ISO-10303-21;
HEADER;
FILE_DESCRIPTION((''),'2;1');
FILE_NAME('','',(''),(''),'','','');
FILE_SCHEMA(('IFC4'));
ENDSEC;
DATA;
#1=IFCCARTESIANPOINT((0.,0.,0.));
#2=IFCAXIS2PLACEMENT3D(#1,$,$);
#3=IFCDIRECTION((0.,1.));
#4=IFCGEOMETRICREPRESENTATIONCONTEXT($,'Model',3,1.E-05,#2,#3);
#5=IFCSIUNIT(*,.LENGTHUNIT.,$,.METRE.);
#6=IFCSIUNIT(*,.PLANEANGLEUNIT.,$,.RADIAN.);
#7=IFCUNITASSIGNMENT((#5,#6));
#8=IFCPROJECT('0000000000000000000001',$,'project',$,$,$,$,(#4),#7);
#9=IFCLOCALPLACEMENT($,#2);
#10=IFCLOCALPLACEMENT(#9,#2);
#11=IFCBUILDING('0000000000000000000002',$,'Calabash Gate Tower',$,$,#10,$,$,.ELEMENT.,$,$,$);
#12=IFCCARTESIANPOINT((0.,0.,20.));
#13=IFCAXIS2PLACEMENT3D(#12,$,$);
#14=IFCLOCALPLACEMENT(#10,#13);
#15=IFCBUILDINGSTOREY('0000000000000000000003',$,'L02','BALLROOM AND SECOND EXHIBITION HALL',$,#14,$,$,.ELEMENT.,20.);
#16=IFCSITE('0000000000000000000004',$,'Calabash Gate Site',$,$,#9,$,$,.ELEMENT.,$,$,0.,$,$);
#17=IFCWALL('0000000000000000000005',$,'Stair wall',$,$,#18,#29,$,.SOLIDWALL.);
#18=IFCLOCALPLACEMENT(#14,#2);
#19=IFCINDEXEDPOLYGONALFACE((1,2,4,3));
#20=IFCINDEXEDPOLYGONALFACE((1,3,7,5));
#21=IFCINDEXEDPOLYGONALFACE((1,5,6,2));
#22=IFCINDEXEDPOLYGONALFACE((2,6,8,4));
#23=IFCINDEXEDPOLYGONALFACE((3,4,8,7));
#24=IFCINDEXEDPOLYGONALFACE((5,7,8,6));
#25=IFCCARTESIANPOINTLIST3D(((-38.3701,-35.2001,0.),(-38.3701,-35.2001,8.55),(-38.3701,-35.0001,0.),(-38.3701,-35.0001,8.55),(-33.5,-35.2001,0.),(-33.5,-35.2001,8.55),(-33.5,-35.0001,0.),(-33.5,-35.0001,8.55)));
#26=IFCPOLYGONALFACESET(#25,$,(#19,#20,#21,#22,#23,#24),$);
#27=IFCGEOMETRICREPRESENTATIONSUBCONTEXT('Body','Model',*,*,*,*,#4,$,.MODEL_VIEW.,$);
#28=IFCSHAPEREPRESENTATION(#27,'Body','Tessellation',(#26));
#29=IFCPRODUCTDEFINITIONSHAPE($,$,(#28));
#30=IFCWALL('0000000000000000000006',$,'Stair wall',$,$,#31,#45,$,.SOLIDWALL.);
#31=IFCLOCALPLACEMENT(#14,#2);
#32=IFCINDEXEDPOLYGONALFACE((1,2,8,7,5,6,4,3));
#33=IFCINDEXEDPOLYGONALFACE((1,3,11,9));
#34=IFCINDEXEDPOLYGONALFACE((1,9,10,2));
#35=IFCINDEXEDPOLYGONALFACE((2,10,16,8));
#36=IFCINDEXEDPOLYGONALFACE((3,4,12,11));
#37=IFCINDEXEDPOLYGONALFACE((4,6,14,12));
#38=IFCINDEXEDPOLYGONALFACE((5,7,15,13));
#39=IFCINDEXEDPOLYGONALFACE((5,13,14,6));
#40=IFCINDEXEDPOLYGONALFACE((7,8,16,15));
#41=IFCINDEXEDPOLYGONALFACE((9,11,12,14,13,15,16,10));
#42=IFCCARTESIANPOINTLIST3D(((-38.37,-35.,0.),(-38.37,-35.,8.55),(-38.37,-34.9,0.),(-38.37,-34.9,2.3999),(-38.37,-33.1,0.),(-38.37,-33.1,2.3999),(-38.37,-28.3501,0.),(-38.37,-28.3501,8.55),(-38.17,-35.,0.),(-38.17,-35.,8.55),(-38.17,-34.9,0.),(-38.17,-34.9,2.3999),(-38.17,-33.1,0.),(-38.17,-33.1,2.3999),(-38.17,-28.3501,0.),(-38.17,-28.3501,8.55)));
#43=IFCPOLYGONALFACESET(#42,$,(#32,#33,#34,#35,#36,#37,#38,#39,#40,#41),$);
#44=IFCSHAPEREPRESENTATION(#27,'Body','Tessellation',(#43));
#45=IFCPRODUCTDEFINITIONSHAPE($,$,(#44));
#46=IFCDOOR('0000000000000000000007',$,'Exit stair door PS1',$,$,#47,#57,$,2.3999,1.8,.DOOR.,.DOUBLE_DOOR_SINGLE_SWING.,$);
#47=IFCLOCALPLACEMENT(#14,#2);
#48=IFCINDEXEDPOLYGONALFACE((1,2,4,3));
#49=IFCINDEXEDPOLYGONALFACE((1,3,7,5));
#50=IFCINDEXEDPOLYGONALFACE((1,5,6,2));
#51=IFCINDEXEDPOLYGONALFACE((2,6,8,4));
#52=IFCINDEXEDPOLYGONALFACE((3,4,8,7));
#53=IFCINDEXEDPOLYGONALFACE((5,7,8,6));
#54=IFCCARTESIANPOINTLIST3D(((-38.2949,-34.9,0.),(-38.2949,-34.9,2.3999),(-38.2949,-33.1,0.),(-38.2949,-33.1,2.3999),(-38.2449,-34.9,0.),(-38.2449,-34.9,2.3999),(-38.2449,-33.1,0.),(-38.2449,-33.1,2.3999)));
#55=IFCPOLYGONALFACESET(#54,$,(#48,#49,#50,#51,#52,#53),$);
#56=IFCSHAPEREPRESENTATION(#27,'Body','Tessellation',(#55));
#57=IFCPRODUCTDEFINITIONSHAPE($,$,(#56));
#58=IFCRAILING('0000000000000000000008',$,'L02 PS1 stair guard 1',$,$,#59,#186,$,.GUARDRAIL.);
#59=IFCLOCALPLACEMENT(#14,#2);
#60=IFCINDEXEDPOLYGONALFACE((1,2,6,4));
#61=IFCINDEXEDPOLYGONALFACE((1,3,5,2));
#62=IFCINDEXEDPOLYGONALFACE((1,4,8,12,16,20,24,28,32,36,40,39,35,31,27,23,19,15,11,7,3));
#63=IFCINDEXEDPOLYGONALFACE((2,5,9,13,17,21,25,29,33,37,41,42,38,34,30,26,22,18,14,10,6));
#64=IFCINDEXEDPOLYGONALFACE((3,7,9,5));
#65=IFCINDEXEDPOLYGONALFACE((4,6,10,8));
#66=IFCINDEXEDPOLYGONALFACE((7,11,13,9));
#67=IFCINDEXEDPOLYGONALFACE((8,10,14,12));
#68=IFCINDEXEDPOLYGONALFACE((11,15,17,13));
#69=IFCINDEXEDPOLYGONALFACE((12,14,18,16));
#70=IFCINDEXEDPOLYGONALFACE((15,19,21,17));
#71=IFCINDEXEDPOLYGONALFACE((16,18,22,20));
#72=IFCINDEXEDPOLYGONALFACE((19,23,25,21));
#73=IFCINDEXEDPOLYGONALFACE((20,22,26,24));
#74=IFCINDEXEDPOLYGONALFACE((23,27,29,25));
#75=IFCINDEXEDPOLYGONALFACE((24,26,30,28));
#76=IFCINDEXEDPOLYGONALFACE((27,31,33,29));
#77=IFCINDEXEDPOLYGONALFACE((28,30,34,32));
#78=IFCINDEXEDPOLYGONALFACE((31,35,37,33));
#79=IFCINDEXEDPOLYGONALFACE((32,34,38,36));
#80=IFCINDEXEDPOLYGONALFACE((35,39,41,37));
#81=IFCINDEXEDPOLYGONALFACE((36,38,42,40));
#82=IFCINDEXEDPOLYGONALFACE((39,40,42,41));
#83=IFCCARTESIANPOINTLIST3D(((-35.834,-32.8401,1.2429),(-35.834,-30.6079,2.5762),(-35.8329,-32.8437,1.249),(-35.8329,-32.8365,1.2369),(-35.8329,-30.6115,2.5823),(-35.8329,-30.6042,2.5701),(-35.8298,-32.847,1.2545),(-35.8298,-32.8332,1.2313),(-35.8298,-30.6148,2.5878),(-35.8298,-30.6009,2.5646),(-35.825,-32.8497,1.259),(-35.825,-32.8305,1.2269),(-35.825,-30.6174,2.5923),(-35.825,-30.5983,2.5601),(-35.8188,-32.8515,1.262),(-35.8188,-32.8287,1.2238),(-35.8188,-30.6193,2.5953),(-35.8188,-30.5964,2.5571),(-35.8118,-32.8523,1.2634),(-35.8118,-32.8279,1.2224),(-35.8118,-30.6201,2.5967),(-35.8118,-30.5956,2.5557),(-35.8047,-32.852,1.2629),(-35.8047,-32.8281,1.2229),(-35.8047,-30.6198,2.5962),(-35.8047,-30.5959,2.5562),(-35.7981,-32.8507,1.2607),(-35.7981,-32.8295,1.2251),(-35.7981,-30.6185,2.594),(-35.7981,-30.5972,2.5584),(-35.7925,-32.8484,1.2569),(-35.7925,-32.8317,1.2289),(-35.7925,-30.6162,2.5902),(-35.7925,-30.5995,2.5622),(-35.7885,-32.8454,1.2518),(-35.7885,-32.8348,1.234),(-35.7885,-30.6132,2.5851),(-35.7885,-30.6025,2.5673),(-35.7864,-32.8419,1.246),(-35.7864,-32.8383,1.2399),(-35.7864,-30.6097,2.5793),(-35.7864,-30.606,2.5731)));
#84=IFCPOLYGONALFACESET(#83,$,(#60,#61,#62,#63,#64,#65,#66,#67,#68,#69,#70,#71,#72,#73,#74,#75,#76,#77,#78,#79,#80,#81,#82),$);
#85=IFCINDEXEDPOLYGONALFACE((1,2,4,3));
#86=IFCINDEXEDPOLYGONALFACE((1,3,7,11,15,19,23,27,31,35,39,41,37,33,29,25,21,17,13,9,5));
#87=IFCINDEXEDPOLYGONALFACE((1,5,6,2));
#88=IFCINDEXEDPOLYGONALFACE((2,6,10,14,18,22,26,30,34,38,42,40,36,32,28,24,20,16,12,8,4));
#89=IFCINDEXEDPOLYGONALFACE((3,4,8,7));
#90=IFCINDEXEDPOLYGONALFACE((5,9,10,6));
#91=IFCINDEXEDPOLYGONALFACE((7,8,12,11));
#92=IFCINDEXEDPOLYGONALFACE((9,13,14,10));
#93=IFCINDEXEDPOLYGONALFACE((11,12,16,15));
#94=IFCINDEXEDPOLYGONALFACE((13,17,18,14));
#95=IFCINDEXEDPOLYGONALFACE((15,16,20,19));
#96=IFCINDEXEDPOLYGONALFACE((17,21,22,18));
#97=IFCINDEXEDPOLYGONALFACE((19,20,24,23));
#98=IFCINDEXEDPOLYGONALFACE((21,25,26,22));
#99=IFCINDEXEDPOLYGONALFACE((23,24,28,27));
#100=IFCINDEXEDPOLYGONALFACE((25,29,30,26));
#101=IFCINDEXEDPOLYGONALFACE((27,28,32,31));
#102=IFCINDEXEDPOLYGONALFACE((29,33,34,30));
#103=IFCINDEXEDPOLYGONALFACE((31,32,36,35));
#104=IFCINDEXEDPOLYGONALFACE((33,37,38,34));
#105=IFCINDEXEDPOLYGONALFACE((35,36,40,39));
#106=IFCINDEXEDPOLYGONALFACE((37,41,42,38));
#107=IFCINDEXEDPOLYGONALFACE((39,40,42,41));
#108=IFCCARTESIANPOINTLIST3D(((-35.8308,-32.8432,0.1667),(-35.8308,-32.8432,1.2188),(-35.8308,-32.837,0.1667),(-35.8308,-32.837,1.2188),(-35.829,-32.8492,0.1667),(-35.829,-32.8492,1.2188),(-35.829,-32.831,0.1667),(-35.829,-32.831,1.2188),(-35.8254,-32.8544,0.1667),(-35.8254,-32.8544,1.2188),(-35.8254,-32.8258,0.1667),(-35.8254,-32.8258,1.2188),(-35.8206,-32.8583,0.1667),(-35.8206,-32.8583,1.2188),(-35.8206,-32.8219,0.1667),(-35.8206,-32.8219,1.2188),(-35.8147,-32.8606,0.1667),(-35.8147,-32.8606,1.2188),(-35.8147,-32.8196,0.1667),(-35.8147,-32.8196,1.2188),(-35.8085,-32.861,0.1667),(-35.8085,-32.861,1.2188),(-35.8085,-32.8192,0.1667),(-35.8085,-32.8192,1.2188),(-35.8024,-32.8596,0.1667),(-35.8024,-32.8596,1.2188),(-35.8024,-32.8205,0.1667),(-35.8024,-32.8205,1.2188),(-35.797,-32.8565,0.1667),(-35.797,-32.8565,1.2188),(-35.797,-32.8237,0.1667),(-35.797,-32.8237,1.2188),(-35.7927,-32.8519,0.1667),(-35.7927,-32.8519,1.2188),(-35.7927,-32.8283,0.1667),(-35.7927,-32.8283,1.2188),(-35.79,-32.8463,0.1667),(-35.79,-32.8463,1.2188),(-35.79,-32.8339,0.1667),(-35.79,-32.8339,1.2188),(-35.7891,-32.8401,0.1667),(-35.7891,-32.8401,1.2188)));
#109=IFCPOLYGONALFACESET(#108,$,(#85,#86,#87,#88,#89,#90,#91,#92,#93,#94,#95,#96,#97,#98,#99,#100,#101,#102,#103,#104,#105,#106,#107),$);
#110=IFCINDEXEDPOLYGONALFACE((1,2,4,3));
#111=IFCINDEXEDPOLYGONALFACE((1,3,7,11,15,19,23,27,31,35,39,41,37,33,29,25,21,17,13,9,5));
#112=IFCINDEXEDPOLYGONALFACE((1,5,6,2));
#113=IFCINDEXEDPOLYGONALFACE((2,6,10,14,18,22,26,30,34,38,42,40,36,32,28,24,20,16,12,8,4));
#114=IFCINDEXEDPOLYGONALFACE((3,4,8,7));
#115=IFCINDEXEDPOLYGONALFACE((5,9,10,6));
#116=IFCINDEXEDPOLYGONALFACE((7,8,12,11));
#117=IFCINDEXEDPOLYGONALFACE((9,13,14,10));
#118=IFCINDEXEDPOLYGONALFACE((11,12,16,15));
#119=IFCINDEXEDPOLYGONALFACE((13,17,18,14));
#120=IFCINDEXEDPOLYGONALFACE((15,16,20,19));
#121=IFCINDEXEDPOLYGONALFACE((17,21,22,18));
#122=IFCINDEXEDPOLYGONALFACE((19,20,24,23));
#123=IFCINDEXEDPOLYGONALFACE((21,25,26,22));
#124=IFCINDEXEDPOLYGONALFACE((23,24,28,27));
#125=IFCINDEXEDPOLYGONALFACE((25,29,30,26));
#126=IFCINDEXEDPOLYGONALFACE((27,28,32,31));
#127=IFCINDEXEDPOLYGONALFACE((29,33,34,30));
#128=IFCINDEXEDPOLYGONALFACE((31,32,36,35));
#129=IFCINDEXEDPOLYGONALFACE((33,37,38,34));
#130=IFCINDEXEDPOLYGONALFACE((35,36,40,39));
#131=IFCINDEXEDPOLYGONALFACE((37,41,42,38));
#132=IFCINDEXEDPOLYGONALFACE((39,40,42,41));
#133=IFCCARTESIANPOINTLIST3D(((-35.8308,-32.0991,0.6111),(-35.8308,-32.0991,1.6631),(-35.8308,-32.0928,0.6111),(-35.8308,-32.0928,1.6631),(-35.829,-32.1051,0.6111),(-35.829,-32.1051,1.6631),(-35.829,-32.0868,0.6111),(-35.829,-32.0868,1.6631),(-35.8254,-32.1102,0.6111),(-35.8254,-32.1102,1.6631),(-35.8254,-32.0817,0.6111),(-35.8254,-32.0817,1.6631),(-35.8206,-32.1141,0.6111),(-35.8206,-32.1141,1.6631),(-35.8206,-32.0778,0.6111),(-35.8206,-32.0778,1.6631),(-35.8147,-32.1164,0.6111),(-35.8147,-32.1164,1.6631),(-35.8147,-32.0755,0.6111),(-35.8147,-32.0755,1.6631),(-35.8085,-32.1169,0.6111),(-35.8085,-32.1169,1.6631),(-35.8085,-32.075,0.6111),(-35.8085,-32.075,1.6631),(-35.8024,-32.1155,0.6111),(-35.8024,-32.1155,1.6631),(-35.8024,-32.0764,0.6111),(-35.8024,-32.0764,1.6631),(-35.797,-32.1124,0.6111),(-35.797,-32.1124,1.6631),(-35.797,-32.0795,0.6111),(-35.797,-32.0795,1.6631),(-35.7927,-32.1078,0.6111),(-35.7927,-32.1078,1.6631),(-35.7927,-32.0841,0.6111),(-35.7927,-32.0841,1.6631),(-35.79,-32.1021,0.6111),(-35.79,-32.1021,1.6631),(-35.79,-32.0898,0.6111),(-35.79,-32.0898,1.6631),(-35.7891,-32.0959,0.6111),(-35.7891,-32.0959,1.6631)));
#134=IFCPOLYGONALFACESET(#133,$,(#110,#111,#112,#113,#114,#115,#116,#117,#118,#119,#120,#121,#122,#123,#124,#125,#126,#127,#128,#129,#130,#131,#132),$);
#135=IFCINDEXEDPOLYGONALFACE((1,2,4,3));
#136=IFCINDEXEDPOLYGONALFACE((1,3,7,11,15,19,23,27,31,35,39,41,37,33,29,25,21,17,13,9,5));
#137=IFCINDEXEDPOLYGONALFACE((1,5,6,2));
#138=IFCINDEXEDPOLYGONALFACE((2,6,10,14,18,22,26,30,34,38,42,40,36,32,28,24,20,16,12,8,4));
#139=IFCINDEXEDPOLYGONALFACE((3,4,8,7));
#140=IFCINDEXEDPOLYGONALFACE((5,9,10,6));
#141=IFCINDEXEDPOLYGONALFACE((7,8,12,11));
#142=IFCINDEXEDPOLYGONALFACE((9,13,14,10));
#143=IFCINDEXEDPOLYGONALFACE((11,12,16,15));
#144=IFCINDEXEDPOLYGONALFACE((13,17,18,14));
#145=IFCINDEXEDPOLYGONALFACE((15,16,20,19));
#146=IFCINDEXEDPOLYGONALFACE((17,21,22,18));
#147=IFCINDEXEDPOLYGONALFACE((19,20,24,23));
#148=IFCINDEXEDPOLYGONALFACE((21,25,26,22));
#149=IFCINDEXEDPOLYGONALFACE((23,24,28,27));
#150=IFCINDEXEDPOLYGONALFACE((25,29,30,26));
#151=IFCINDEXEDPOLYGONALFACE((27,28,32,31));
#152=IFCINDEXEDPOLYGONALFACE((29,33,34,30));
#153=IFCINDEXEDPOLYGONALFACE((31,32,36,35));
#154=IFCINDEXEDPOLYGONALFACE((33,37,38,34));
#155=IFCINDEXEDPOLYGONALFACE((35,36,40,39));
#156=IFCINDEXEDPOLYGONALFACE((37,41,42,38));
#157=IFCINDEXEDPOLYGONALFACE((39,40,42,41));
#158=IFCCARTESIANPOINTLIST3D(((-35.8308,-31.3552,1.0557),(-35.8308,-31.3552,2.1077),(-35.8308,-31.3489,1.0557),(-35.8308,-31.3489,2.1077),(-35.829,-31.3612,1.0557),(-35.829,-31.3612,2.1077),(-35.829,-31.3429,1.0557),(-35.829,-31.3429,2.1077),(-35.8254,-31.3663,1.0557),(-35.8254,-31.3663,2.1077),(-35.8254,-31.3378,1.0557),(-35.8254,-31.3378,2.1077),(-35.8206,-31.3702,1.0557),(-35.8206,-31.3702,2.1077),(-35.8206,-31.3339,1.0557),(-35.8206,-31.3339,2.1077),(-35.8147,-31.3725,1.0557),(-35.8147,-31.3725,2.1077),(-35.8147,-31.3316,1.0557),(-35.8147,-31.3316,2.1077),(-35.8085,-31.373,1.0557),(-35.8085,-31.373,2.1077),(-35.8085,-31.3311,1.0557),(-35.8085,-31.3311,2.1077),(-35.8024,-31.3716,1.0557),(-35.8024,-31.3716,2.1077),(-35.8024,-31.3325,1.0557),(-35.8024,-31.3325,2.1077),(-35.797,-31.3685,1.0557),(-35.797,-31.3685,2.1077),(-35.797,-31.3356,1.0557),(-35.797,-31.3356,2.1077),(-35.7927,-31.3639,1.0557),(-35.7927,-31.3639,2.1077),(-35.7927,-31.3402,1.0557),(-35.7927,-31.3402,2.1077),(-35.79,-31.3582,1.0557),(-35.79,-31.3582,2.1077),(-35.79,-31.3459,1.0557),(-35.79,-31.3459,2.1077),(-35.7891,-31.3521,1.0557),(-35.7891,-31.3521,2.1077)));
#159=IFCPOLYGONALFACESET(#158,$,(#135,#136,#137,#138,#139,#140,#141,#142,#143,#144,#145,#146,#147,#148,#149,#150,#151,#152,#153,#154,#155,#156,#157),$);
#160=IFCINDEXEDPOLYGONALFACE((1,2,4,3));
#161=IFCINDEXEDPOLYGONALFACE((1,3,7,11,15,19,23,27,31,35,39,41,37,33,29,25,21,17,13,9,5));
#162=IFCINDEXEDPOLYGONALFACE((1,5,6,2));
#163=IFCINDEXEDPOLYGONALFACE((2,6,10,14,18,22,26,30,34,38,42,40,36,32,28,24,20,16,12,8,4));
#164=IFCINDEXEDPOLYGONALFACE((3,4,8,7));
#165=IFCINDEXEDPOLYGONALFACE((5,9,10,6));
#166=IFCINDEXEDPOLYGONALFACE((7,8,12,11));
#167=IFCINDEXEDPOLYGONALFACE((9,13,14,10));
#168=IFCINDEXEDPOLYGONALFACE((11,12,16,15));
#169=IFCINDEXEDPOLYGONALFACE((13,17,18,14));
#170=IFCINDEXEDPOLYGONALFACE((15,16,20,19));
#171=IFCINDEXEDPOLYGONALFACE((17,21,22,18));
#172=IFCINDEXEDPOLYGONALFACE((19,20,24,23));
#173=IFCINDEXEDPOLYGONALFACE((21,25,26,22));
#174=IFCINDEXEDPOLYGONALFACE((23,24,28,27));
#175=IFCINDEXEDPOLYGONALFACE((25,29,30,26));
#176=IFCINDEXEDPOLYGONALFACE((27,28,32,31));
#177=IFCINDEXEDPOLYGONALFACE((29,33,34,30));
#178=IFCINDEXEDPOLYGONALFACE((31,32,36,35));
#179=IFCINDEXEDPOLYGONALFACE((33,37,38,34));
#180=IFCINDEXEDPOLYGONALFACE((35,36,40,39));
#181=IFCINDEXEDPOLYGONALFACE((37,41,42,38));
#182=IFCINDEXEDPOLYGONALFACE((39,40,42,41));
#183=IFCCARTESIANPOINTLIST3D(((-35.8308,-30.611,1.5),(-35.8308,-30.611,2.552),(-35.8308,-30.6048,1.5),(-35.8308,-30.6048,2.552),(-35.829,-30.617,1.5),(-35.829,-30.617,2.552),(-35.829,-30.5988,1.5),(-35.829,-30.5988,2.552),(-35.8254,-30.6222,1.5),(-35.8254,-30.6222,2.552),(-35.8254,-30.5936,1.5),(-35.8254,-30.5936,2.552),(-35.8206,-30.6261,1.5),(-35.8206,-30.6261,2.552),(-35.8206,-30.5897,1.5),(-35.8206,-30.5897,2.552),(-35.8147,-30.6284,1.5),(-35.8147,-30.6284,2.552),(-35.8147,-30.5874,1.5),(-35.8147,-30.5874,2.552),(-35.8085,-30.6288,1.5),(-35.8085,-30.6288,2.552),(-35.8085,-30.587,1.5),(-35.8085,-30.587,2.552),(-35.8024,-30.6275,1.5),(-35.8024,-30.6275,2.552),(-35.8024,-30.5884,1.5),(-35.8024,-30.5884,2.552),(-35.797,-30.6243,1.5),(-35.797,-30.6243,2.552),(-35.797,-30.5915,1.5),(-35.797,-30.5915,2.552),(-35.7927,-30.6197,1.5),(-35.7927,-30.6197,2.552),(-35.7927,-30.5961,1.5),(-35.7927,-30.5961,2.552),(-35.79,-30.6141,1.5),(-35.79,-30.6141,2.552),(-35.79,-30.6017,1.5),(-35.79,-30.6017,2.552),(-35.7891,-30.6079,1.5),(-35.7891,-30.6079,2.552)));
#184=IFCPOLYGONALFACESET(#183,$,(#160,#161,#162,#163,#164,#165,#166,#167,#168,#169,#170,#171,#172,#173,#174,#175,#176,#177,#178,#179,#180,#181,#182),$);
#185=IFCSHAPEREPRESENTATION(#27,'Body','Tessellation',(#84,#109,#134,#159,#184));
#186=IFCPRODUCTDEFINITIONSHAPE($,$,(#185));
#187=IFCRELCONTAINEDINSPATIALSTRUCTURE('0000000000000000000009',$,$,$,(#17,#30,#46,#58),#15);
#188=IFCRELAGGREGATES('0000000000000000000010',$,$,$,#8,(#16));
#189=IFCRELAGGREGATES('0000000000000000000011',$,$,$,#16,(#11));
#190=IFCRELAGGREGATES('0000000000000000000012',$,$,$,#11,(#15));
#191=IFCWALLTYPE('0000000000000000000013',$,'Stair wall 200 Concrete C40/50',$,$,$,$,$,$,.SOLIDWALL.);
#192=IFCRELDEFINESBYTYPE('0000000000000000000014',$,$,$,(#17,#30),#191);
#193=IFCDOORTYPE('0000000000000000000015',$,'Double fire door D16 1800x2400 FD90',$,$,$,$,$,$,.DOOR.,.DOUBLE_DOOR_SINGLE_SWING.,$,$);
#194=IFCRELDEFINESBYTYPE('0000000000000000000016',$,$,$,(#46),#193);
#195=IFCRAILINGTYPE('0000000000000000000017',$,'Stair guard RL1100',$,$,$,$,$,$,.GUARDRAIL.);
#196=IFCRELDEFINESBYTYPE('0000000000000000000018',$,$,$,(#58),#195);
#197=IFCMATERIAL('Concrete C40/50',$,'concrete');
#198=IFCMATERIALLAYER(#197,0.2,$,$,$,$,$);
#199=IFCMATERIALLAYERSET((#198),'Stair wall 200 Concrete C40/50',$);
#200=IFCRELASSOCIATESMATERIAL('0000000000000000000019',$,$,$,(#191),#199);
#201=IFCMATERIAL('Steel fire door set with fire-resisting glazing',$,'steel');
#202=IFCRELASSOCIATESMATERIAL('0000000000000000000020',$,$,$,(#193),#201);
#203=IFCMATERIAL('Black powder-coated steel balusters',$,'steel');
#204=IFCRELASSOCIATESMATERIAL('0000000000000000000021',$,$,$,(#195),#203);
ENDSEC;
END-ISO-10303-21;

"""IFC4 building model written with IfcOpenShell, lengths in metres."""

from ifc_helpers import new_model, si_unit, direction, frame, frame_2d, origin, origin_2d, place, context, subcontext, project, spatial, rectangle, circle, extrude, material, layer, layer_set, type_object, element, fill, save


model = new_model("IFC4")

# Units and contexts
model_context = context("Model", 3, precision=1e-05, world=origin(), true_north=direction((0.0, 1.0)))
body_context = subcontext(model_context, "Body", "Model", "MODEL_VIEW")
ifc_project = project(units=[si_unit("LENGTHUNIT", "METRE"), si_unit("PLANEANGLEUNIT", "RADIAN")], contexts=[model_context])

# Site, building, storey
site_placement = place(None, origin())
site = spatial("IfcSite", under=ifc_project, at=site_placement, Name="Calabash Gate Site", CompositionType="ELEMENT", RefElevation=0.0)
building_placement = place(site_placement, origin())
building = spatial("IfcBuilding", under=site, at=building_placement, Name="Calabash Gate Tower", CompositionType="ELEMENT")
storey_placement = place(building_placement, frame((0.0, 0.0, 20.0)))
storey = spatial("IfcBuildingStorey", under=building, at=storey_placement, Name="L02", Description="BALLROOM AND SECOND EXHIBITION HALL", CompositionType="ELEMENT", Elevation=20.0)

# Wall
ifc_material_1 = material(Name="Concrete C40/50", Category="concrete")
ifc_layer_1 = layer(ifc_material_1, 0.2)
ifc_layer_set_1 = layer_set([ifc_layer_1], Name="Stair wall 200 Concrete C40/50")
wall_type_1 = type_object("IfcWallType", Name="Stair wall 200 Concrete C40/50", PredefinedType="SOLIDWALL", material=ifc_layer_set_1)
wall_1_placement = place(storey_placement, frame((-38.3701, -35.1001, 0.0), z_axis=(0.0, 0.0, 1.0), x_axis=(1.0, 0.0, 0.0)))
element("IfcWall", 1, at=wall_1_placement, inside=storey, type_object=wall_type_1, Name="Stair wall", PredefinedType="SOLIDWALL", context=body_context, shape_type="SweptSolid", body=[
    extrude(rectangle(XDim=4.8701, YDim=0.2, at=frame_2d((2.4351, 0.0))), origin(), (0.0, 0.0, 1.0), 8.55),
])

# Wall, opening, door
wall_2_placement = place(storey_placement, frame((-38.27, -35.0, 0.0), z_axis=(0.0, 0.0, 1.0), x_axis=(0.0, 1.0, 0.0)))
wall_2 = element("IfcWall", 2, at=wall_2_placement, inside=storey, type_object=wall_type_1, Name="Stair wall", PredefinedType="SOLIDWALL", context=body_context, shape_type="SweptSolid", body=[
    extrude(rectangle(XDim=6.6499, YDim=0.2, at=frame_2d((3.325, 0.0))), origin(), (0.0, 0.0, 1.0), 8.55),
])
opening_placement = place(wall_2_placement, frame((0.1001, 0.0, 0.0)))
opening = element("IfcOpeningElement", 3, at=opening_placement, cuts=wall_2, PredefinedType="OPENING", context=body_context, shape_type="SweptSolid", body=[
    extrude(rectangle(XDim=1.8, YDim=2.3999, at=frame_2d((0.8999, 1.2))), frame((0.0, 0.1099, 0.0), z_axis=(0.0, -1.0, 0.0), x_axis=(1.0, 0.0, 0.0)), (0.0, 0.0, 1.0), 0.22),
])
ifc_material_2 = material(Name="Steel fire door set with fire-resisting glazing", Category="steel")
door_type = type_object("IfcDoorType", Name="Double fire door D16 1800x2400 FD90", OperationType="DOUBLE_DOOR_SINGLE_SWING", PredefinedType="DOOR", material=ifc_material_2)
door_placement = place(opening_placement, origin())
door = element("IfcDoor", 4, at=door_placement, inside=storey, type_object=door_type, Name="Exit stair door PS1", OperationType="DOUBLE_DOOR_SINGLE_SWING", OverallHeight=2.3999, OverallWidth=1.8, PredefinedType="DOOR", context=body_context, shape_type="SweptSolid", body=[
    extrude(rectangle(XDim=1.8, YDim=2.3999, at=frame_2d((0.8999, 1.2))), frame((0.0, 0.0249, 0.0), z_axis=(0.0, -1.0, 0.0), x_axis=(1.0, 0.0, 0.0)), (0.0, 0.0, 1.0), 0.05),
])
fill(opening, door)

# Railing
ifc_material_3 = material(Name="Black powder-coated steel balusters", Category="steel")
railing_type = type_object("IfcRailingType", Name="Stair guard RL1100", PredefinedType="GUARDRAIL", material=ifc_material_3)
railing_1_placement = place(storey_placement, frame((-35.8101, -32.8401, 0.1667)))
element("IfcRailing", 5, at=railing_1_placement, inside=storey, type_object=railing_type, Name="L02 PS1 stair guard 1", PredefinedType="GUARDRAIL", context=body_context, shape_type="SweptSolid", body=[
    extrude(circle(Radius=0.0239, at=origin_2d()), frame((0.0, 0.0, 1.0762), z_axis=(0.0, 0.858519, 0.512782), x_axis=(-1.0, 0.0, 0.0)), (0.0, 0.0, 1.0), 2.6001),
    extrude(circle(Radius=0.021, at=origin_2d()), origin(), (0.0, 0.0, 1.0), 1.052),
    extrude(circle(Radius=0.021, at=origin_2d()), frame((0.0, 0.7441, 0.4443)), (0.0, 0.0, 1.0), 1.052),
    extrude(circle(Radius=0.021, at=origin_2d()), frame((0.0, 1.488, 0.8889)), (0.0, 0.0, 1.0), 1.052),
    extrude(circle(Radius=0.021, at=origin_2d()), frame((0.0, 2.2322, 1.3333)), (0.0, 0.0, 1.0), 1.052),
])

save(model, "model.ifc")
